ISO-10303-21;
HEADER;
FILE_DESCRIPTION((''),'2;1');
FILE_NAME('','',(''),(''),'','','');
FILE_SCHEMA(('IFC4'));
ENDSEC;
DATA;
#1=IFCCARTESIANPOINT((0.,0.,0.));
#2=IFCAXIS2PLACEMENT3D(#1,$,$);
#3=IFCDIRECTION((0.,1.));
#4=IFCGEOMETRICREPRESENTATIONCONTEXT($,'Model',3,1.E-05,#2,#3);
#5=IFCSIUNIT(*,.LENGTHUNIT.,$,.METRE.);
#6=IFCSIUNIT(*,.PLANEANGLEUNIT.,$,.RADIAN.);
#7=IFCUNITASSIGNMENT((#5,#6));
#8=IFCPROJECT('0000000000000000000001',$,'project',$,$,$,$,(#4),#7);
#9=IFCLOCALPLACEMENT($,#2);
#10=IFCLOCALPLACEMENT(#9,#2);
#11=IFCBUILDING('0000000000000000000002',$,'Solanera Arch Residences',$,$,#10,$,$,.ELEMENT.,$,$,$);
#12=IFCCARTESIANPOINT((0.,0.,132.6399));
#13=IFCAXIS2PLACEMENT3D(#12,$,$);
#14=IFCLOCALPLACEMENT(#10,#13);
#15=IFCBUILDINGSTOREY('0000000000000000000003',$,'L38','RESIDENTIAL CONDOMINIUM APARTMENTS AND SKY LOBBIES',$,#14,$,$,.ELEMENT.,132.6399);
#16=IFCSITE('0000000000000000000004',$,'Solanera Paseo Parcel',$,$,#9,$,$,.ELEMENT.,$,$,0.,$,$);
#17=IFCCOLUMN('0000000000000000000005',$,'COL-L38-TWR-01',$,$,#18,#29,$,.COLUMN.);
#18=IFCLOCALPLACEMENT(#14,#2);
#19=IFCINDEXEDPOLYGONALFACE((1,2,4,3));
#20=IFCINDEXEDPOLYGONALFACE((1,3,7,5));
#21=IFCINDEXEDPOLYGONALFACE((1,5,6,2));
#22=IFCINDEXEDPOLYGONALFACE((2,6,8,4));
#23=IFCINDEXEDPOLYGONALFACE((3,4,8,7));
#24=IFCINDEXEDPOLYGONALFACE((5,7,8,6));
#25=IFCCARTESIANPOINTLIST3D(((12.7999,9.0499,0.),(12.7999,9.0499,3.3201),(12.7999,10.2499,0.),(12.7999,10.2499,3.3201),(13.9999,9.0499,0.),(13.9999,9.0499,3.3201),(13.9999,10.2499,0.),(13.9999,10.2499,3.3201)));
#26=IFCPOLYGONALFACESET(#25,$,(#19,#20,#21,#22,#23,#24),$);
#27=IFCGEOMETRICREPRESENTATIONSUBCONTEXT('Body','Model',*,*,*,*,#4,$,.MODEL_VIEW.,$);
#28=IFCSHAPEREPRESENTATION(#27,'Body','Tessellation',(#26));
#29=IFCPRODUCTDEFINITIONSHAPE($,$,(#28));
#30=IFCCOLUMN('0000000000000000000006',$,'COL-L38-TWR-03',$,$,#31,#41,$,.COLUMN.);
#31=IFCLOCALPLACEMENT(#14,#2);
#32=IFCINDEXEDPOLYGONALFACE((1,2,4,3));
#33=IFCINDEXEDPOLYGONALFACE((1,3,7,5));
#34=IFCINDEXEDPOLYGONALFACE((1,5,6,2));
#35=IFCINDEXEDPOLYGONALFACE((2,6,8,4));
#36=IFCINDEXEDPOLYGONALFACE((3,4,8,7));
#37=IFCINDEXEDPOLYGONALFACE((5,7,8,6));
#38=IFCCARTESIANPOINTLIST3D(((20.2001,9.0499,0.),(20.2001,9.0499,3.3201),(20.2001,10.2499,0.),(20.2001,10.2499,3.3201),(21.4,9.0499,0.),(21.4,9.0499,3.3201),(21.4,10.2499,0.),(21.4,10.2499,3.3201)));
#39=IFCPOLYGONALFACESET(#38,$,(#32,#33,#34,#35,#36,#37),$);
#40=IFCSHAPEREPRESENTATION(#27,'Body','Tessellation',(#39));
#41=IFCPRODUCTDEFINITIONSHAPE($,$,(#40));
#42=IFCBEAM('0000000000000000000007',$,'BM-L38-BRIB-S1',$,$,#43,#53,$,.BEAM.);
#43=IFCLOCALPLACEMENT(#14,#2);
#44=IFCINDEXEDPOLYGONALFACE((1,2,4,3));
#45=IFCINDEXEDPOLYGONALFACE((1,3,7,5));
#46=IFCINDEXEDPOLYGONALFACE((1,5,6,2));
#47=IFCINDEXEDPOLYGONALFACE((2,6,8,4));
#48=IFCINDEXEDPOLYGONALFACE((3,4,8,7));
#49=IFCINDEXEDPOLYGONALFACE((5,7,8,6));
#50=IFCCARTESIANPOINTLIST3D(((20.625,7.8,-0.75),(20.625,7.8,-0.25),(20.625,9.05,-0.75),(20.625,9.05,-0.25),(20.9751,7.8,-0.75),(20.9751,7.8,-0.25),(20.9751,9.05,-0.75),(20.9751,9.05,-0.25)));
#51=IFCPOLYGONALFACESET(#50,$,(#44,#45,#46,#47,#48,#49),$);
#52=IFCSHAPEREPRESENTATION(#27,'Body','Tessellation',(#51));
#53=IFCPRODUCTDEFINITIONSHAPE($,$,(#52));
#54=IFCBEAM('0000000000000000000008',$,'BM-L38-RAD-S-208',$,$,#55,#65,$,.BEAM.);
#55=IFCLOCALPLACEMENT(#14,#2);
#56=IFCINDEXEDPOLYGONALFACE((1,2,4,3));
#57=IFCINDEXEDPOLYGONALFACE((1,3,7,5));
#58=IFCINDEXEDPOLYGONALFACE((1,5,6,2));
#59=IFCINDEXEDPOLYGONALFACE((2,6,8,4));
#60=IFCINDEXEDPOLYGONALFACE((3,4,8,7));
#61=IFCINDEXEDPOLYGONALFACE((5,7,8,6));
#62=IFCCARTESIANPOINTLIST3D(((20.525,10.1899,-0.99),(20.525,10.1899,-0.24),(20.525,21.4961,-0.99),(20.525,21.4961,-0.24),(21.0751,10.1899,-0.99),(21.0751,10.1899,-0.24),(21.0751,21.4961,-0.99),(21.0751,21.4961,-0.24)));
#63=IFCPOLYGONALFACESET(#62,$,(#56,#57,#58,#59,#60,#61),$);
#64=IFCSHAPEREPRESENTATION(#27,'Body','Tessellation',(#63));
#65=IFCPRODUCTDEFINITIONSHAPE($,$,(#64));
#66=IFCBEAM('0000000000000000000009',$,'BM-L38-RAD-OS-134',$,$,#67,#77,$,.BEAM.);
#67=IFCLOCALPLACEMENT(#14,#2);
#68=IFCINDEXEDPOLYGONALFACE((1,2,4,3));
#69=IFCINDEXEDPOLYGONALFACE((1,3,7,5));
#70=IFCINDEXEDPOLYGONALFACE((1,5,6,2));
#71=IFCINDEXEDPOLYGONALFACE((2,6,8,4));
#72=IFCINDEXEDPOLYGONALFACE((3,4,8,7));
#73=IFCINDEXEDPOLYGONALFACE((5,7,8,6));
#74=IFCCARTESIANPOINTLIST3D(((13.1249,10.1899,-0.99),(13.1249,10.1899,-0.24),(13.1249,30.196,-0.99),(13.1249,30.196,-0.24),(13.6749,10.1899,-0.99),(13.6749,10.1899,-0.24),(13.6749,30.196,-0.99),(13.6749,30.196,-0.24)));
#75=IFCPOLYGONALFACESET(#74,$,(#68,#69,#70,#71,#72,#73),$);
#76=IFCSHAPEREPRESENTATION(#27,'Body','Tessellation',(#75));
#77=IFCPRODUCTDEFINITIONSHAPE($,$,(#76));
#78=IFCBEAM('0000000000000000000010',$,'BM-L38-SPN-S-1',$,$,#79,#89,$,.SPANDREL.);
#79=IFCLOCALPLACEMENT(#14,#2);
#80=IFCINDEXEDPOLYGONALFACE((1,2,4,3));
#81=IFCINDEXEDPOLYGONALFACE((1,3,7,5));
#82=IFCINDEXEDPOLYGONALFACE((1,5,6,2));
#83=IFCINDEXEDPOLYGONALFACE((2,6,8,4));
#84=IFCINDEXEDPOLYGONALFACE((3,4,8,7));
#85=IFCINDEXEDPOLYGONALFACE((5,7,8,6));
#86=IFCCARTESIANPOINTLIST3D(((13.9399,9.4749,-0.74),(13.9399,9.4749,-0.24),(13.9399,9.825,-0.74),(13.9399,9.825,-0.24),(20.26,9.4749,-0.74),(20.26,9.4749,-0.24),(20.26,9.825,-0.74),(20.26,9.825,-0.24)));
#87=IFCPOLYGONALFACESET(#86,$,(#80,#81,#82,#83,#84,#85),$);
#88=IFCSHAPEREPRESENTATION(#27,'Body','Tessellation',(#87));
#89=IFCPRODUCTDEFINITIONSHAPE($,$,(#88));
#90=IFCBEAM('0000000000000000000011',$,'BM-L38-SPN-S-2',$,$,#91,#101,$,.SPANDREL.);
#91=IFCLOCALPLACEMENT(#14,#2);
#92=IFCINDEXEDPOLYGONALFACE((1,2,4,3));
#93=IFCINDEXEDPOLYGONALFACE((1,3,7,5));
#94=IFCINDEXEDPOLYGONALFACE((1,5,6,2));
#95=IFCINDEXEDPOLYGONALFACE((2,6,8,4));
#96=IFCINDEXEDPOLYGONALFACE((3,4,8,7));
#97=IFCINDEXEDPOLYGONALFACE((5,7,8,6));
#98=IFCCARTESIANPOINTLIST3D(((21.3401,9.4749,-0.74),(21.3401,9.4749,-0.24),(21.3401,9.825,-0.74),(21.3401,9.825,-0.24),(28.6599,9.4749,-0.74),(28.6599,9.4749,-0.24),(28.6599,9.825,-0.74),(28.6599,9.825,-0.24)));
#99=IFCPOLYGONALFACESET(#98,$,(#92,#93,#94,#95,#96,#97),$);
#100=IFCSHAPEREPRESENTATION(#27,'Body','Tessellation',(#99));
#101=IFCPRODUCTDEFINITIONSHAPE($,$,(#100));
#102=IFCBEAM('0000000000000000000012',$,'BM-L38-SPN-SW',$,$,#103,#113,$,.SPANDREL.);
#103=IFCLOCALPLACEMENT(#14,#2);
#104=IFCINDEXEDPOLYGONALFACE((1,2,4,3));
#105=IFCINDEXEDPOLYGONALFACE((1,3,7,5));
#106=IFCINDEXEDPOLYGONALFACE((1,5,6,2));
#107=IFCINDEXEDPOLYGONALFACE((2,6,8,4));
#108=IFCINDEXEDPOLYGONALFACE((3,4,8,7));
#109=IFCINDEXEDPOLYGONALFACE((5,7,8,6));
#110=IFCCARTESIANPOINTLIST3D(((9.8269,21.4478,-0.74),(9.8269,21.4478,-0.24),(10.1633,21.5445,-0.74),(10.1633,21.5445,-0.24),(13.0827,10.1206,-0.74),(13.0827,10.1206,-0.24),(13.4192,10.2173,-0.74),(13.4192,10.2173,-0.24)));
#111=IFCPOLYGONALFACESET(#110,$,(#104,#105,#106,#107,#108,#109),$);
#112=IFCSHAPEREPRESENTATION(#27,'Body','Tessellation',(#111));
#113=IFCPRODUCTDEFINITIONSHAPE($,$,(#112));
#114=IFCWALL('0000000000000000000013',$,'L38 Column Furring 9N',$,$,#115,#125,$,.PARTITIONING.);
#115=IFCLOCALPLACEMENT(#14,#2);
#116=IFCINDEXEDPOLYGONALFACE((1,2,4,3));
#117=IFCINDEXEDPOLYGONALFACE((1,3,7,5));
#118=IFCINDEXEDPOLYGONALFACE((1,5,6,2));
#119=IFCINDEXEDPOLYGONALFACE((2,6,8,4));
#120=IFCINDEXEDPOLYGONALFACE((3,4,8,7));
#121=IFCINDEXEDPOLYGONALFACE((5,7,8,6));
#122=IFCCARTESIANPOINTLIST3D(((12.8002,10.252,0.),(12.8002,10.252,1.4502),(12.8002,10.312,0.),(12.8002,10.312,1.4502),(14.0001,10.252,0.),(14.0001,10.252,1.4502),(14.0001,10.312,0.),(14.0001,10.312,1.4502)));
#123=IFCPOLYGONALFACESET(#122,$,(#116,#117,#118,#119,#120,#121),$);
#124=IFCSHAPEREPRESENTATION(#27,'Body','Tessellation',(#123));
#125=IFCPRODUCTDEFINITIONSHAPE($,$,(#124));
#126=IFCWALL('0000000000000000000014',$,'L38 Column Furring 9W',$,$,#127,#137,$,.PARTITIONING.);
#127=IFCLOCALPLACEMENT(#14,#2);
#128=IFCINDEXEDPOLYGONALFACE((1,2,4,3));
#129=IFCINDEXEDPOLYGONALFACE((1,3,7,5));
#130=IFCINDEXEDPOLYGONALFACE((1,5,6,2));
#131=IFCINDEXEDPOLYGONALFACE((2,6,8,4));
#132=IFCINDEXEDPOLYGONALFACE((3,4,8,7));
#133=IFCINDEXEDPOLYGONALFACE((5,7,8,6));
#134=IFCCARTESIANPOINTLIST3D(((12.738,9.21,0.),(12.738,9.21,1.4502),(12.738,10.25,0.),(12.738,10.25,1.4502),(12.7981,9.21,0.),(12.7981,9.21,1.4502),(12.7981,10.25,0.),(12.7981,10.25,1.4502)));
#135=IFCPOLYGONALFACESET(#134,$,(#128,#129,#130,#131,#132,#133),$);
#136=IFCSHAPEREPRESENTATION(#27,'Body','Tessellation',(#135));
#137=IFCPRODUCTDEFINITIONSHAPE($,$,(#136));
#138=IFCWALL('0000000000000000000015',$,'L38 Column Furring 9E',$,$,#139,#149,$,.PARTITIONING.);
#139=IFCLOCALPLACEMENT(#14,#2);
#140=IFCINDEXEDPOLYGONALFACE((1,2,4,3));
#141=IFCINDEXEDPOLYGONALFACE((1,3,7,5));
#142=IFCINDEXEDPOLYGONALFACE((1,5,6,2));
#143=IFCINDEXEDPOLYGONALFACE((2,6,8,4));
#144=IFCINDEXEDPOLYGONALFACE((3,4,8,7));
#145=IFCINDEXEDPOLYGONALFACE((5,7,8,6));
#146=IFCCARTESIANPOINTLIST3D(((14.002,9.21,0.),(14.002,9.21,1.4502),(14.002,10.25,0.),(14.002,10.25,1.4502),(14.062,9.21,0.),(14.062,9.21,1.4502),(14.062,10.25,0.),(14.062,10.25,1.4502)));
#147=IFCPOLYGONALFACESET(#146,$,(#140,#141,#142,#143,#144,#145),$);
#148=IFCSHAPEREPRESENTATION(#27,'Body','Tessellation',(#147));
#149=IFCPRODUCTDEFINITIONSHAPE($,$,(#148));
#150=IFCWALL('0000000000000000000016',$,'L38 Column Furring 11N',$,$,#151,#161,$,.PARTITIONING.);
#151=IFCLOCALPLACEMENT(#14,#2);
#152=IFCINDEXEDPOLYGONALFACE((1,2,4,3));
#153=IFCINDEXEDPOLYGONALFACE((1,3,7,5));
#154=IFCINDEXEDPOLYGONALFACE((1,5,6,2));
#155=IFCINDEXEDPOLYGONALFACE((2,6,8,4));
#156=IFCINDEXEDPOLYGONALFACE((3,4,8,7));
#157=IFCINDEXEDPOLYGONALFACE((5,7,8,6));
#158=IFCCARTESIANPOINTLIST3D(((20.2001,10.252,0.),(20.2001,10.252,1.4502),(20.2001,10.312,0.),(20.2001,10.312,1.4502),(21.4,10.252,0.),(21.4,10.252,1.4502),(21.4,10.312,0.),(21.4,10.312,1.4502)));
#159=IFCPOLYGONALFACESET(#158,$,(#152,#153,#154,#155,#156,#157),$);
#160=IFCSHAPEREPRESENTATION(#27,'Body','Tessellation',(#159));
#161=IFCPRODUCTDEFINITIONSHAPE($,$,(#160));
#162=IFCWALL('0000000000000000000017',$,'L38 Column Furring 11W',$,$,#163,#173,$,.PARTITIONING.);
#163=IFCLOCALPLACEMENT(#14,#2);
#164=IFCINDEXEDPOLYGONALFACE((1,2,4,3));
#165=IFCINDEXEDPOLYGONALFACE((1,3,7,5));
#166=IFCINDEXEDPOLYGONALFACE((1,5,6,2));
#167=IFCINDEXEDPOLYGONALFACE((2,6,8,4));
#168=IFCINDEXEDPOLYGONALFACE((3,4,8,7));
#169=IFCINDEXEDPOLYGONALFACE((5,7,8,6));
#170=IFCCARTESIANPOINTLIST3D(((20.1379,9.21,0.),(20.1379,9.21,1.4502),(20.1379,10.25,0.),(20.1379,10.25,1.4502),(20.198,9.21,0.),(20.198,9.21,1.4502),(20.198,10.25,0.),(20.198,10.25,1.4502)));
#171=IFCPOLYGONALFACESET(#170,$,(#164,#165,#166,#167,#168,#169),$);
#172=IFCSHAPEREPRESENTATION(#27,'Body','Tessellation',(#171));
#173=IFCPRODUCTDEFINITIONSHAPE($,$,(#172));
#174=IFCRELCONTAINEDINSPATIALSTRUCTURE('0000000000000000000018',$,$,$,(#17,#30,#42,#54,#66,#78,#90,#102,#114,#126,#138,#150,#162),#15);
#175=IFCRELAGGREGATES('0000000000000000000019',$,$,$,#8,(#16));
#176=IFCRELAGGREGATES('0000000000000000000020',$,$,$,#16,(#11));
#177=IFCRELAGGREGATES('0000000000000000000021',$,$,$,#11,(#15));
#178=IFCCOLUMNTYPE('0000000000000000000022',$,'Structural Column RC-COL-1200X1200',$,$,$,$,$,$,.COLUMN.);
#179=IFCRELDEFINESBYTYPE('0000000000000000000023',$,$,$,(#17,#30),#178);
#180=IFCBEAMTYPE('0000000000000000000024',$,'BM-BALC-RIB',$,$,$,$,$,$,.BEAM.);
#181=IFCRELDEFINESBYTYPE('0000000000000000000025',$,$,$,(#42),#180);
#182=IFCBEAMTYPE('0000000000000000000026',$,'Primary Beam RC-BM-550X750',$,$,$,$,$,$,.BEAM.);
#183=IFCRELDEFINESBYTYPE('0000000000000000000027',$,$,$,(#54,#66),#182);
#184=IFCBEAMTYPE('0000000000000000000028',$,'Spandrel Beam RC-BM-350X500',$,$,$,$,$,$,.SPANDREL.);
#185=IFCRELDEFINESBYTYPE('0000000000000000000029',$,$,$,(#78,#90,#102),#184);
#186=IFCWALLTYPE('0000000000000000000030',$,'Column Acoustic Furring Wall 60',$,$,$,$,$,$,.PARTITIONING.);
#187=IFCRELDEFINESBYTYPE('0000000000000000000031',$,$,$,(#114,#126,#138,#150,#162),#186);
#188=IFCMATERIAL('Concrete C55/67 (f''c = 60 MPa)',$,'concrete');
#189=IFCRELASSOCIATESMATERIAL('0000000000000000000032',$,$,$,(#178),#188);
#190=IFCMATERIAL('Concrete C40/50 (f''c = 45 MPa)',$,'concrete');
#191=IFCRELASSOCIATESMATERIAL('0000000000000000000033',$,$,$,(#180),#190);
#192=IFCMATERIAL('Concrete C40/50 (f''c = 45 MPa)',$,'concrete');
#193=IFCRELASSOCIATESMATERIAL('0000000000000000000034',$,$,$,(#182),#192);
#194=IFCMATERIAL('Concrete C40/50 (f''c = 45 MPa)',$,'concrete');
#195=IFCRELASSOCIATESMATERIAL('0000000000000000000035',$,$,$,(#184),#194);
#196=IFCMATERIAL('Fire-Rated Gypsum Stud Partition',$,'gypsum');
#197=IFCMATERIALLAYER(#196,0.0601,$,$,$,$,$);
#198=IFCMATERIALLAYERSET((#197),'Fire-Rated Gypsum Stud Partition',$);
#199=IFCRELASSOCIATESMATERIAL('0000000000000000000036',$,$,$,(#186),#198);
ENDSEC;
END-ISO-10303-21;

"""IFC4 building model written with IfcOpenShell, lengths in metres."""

from ifc_helpers import new_model, si_unit, direction, frame, frame_2d, origin, origin_2d, place, context, subcontext, project, spatial, rectangle, extrude, material, layer, layer_set, material_profile, profile_set, type_object, element, save


model = new_model("IFC4")

# Units and contexts
model_context = context("Model", 3, precision=1e-05, world=origin(), true_north=direction((0.0, 1.0)))
body_context = subcontext(model_context, "Body", "Model", "MODEL_VIEW")
ifc_project = project(units=[si_unit("LENGTHUNIT", "METRE"), si_unit("PLANEANGLEUNIT", "RADIAN")], contexts=[model_context])

# Site, building, storey
site_placement = place(None, origin())
site = spatial("IfcSite", under=ifc_project, at=site_placement, Name="Solanera Paseo Parcel", CompositionType="ELEMENT", RefElevation=0.0)
building_placement = place(site_placement, origin())
building = spatial("IfcBuilding", under=site, at=building_placement, Name="Solanera Arch Residences", CompositionType="ELEMENT")
storey_placement = place(building_placement, frame((0.0, 0.0, 132.6399)))
storey = spatial("IfcBuildingStorey", under=building, at=storey_placement, Name="L38", Description="RESIDENTIAL CONDOMINIUM APARTMENTS AND SKY LOBBIES", CompositionType="ELEMENT", Elevation=132.6399)

# Columns
ifc_material_1 = material(Name="Concrete C55/67 (f'c = 60 MPa)", Category="concrete")
ifc_material_profile_1 = material_profile(ifc_material_1, rectangle(XDim=1.2, YDim=1.2, at=origin_2d()))
ifc_profile_set_1 = profile_set([ifc_material_profile_1], Name="Concrete C55/67 (f'c = 60 MPa)")
column_type = type_object("IfcColumnType", Name="Structural Column RC-COL-1200X1200", PredefinedType="COLUMN", material=ifc_profile_set_1)
for number, where, z_axis, x_axis, name in (
    (1, (13.3999, 9.6499, 0.0), (0.0, 0.0, 1.0), (1.0, 0.0, 0.0), "COL-L38-TWR-01"),
    (2, (20.8, 9.6499, 0.0), (0.0, 0.0, 1.0), (1.0, 0.0, 0.0), "COL-L38-TWR-03"),
):
    element("IfcColumn", number, at=place(storey_placement, frame(where, z_axis=z_axis, x_axis=x_axis)), inside=storey, type_object=column_type, Name=name, PredefinedType="COLUMN", context=body_context, shape_type="SweptSolid", body=[
        extrude(rectangle(XDim=1.2, YDim=1.2, at=origin_2d()), origin(), (0.0, 0.0, 1.0), 3.3201),
    ])

# Beams
ifc_material_2 = material(Name="Concrete C40/50 (f'c = 45 MPa)", Category="concrete")
ifc_material_profile_2 = material_profile(ifc_material_2, rectangle(XDim=0.3501, YDim=0.5, at=origin_2d()))
ifc_profile_set_2 = profile_set([ifc_material_profile_2], Name="Concrete C40/50 (f'c = 45 MPa)")
beam_type_1 = type_object("IfcBeamType", Name="BM-BALC-RIB", PredefinedType="BEAM", material=ifc_profile_set_2)
beam_1_placement = place(storey_placement, frame((20.8, 7.8, -0.5), z_axis=(0.0, 1.0, 0.0), x_axis=(-1.0, 0.0, 0.0)))
element("IfcBeam", 3, at=beam_1_placement, inside=storey, type_object=beam_type_1, Name="BM-L38-BRIB-S1", PredefinedType="BEAM", context=body_context, shape_type="SweptSolid", body=[
    extrude(rectangle(XDim=0.3501, YDim=0.5, at=origin_2d()), origin(), (0.0, 0.0, 1.0), 1.25),
])
ifc_material_3 = material(Name="Concrete C40/50 (f'c = 45 MPa)", Category="concrete")
ifc_material_profile_3 = material_profile(ifc_material_3, rectangle(XDim=0.55, YDim=0.75, at=origin_2d()))
ifc_profile_set_3 = profile_set([ifc_material_profile_3], Name="Concrete C40/50 (f'c = 45 MPa)")
beam_type_2 = type_object("IfcBeamType", Name="Primary Beam RC-BM-550X750", PredefinedType="BEAM", material=ifc_profile_set_3)
beam_2_placement = place(storey_placement, frame((20.8, 10.1899, -0.615), z_axis=(0.0, 1.0, 0.0), x_axis=(-1.0, 0.0, 0.0)))
element("IfcBeam", 4, at=beam_2_placement, inside=storey, type_object=beam_type_2, Name="BM-L38-RAD-S-208", PredefinedType="BEAM", context=body_context, shape_type="SweptSolid", body=[
    extrude(rectangle(XDim=0.55, YDim=0.75, at=origin_2d()), origin(), (0.0, 0.0, 1.0), 11.3062),
])
beam_3_placement = place(storey_placement, frame((13.3999, 10.1899, -0.615), z_axis=(0.0, 1.0, 0.0), x_axis=(-1.0, 0.0, 0.0)))
element("IfcBeam", 5, at=beam_3_placement, inside=storey, type_object=beam_type_2, Name="BM-L38-RAD-OS-134", PredefinedType="BEAM", context=body_context, shape_type="SweptSolid", body=[
    extrude(rectangle(XDim=0.55, YDim=0.75, at=origin_2d()), origin(), (0.0, 0.0, 1.0), 20.0061),
])
ifc_material_4 = material(Name="Concrete C40/50 (f'c = 45 MPa)", Category="concrete")
ifc_material_profile_4 = material_profile(ifc_material_4, rectangle(XDim=0.3501, YDim=0.5, at=origin_2d()))
ifc_profile_set_4 = profile_set([ifc_material_profile_4], Name="Concrete C40/50 (f'c = 45 MPa)")
beam_type_3 = type_object("IfcBeamType", Name="Spandrel Beam RC-BM-350X500", PredefinedType="SPANDREL", material=ifc_profile_set_4)
beam_4_placement = place(storey_placement, frame((13.9399, 9.6499, -0.49), z_axis=(1.0, 0.0, 0.0), x_axis=(0.0, 1.0, 0.0)))
element("IfcBeam", 6, at=beam_4_placement, inside=storey, type_object=beam_type_3, Name="BM-L38-SPN-S-1", PredefinedType="SPANDREL", context=body_context, shape_type="SweptSolid", body=[
    extrude(rectangle(XDim=0.3501, YDim=0.5, at=origin_2d()), origin(), (0.0, 0.0, 1.0), 6.3201),
])
beam_5_placement = place(storey_placement, frame((21.3401, 9.6499, -0.49), z_axis=(1.0, 0.0, 0.0), x_axis=(0.0, 1.0, 0.0)))
element("IfcBeam", 7, at=beam_5_placement, inside=storey, type_object=beam_type_3, Name="BM-L38-SPN-S-2", PredefinedType="SPANDREL", context=body_context, shape_type="SweptSolid", body=[
    extrude(rectangle(XDim=0.3501, YDim=0.5, at=origin_2d()), origin(), (0.0, 0.0, 1.0), 7.3198),
])
beam_6_placement = place(storey_placement, frame((13.251, 10.1689, -0.49), z_axis=(-0.276253, 0.961085, 0.0), x_axis=(-0.961085, -0.276253, 0.0)))
element("IfcBeam", 8, at=beam_6_placement, inside=storey, type_object=beam_type_3, Name="BM-L38-SPN-SW", PredefinedType="SPANDREL", context=body_context, shape_type="SweptSolid", body=[
    extrude(rectangle(XDim=0.3501, YDim=0.5, at=origin_2d()), origin(), (0.0, 0.0, 1.0), 11.7859),
])

# Walls
ifc_material_5 = material(Name="Fire-Rated Gypsum Stud Partition", Category="gypsum")
ifc_layer_1 = layer(ifc_material_5, 0.0601)
ifc_layer_set_1 = layer_set([ifc_layer_1], Name="Fire-Rated Gypsum Stud Partition")
wall_type_1 = type_object("IfcWallType", Name="Column Acoustic Furring Wall 60", PredefinedType="PARTITIONING", material=ifc_layer_set_1)
wall_1_placement = place(storey_placement, frame((12.8, 10.282, 0.0), z_axis=(0.0, 0.0, 1.0), x_axis=(1.0, 0.0, 0.0)))
element("IfcWall", 9, at=wall_1_placement, inside=storey, type_object=wall_type_1, Name="L38 Column Furring 9N", PredefinedType="PARTITIONING", context=body_context, shape_type="SweptSolid", body=[
    extrude(rectangle(XDim=1.2, YDim=0.0601, at=frame_2d((0.6001, 0.0))), origin(), (0.0, 0.0, 1.0), 1.4502),
])
for number, where, z_axis, x_axis, name in (
    (10, (12.7681, 9.21, 0.0), (0.0, 0.0, 1.0), (0.0, 1.0, 0.0), "L38 Column Furring 9W"),
    (11, (14.032, 9.21, 0.0), (0.0, 0.0, 1.0), (0.0, 1.0, 0.0), "L38 Column Furring 9E"),
):
    element("IfcWall", number, at=place(storey_placement, frame(where, z_axis=z_axis, x_axis=x_axis)), inside=storey, type_object=wall_type_1, Name=name, PredefinedType="PARTITIONING", context=body_context, shape_type="SweptSolid", body=[
        extrude(rectangle(XDim=1.04, YDim=0.0601, at=frame_2d((0.52, 0.0))), origin(), (0.0, 0.0, 1.0), 1.4502),
    ])
wall_2_placement = place(storey_placement, frame((20.2, 10.282, 0.0), z_axis=(0.0, 0.0, 1.0), x_axis=(1.0, 0.0, 0.0)))
element("IfcWall", 12, at=wall_2_placement, inside=storey, type_object=wall_type_1, Name="L38 Column Furring 11N", PredefinedType="PARTITIONING", context=body_context, shape_type="SweptSolid", body=[
    extrude(rectangle(XDim=1.2, YDim=0.0601, at=frame_2d((0.6001, 0.0))), origin(), (0.0, 0.0, 1.0), 1.4502),
])
wall_3_placement = place(storey_placement, frame((20.168, 9.21, 0.0), z_axis=(0.0, 0.0, 1.0), x_axis=(0.0, 1.0, 0.0)))
element("IfcWall", 13, at=wall_3_placement, inside=storey, type_object=wall_type_1, Name="L38 Column Furring 11W", PredefinedType="PARTITIONING", context=body_context, shape_type="SweptSolid", body=[
    extrude(rectangle(XDim=1.04, YDim=0.0601, at=frame_2d((0.52, 0.0))), origin(), (0.0, 0.0, 1.0), 1.4502),
])

save(model, "model.ifc")
